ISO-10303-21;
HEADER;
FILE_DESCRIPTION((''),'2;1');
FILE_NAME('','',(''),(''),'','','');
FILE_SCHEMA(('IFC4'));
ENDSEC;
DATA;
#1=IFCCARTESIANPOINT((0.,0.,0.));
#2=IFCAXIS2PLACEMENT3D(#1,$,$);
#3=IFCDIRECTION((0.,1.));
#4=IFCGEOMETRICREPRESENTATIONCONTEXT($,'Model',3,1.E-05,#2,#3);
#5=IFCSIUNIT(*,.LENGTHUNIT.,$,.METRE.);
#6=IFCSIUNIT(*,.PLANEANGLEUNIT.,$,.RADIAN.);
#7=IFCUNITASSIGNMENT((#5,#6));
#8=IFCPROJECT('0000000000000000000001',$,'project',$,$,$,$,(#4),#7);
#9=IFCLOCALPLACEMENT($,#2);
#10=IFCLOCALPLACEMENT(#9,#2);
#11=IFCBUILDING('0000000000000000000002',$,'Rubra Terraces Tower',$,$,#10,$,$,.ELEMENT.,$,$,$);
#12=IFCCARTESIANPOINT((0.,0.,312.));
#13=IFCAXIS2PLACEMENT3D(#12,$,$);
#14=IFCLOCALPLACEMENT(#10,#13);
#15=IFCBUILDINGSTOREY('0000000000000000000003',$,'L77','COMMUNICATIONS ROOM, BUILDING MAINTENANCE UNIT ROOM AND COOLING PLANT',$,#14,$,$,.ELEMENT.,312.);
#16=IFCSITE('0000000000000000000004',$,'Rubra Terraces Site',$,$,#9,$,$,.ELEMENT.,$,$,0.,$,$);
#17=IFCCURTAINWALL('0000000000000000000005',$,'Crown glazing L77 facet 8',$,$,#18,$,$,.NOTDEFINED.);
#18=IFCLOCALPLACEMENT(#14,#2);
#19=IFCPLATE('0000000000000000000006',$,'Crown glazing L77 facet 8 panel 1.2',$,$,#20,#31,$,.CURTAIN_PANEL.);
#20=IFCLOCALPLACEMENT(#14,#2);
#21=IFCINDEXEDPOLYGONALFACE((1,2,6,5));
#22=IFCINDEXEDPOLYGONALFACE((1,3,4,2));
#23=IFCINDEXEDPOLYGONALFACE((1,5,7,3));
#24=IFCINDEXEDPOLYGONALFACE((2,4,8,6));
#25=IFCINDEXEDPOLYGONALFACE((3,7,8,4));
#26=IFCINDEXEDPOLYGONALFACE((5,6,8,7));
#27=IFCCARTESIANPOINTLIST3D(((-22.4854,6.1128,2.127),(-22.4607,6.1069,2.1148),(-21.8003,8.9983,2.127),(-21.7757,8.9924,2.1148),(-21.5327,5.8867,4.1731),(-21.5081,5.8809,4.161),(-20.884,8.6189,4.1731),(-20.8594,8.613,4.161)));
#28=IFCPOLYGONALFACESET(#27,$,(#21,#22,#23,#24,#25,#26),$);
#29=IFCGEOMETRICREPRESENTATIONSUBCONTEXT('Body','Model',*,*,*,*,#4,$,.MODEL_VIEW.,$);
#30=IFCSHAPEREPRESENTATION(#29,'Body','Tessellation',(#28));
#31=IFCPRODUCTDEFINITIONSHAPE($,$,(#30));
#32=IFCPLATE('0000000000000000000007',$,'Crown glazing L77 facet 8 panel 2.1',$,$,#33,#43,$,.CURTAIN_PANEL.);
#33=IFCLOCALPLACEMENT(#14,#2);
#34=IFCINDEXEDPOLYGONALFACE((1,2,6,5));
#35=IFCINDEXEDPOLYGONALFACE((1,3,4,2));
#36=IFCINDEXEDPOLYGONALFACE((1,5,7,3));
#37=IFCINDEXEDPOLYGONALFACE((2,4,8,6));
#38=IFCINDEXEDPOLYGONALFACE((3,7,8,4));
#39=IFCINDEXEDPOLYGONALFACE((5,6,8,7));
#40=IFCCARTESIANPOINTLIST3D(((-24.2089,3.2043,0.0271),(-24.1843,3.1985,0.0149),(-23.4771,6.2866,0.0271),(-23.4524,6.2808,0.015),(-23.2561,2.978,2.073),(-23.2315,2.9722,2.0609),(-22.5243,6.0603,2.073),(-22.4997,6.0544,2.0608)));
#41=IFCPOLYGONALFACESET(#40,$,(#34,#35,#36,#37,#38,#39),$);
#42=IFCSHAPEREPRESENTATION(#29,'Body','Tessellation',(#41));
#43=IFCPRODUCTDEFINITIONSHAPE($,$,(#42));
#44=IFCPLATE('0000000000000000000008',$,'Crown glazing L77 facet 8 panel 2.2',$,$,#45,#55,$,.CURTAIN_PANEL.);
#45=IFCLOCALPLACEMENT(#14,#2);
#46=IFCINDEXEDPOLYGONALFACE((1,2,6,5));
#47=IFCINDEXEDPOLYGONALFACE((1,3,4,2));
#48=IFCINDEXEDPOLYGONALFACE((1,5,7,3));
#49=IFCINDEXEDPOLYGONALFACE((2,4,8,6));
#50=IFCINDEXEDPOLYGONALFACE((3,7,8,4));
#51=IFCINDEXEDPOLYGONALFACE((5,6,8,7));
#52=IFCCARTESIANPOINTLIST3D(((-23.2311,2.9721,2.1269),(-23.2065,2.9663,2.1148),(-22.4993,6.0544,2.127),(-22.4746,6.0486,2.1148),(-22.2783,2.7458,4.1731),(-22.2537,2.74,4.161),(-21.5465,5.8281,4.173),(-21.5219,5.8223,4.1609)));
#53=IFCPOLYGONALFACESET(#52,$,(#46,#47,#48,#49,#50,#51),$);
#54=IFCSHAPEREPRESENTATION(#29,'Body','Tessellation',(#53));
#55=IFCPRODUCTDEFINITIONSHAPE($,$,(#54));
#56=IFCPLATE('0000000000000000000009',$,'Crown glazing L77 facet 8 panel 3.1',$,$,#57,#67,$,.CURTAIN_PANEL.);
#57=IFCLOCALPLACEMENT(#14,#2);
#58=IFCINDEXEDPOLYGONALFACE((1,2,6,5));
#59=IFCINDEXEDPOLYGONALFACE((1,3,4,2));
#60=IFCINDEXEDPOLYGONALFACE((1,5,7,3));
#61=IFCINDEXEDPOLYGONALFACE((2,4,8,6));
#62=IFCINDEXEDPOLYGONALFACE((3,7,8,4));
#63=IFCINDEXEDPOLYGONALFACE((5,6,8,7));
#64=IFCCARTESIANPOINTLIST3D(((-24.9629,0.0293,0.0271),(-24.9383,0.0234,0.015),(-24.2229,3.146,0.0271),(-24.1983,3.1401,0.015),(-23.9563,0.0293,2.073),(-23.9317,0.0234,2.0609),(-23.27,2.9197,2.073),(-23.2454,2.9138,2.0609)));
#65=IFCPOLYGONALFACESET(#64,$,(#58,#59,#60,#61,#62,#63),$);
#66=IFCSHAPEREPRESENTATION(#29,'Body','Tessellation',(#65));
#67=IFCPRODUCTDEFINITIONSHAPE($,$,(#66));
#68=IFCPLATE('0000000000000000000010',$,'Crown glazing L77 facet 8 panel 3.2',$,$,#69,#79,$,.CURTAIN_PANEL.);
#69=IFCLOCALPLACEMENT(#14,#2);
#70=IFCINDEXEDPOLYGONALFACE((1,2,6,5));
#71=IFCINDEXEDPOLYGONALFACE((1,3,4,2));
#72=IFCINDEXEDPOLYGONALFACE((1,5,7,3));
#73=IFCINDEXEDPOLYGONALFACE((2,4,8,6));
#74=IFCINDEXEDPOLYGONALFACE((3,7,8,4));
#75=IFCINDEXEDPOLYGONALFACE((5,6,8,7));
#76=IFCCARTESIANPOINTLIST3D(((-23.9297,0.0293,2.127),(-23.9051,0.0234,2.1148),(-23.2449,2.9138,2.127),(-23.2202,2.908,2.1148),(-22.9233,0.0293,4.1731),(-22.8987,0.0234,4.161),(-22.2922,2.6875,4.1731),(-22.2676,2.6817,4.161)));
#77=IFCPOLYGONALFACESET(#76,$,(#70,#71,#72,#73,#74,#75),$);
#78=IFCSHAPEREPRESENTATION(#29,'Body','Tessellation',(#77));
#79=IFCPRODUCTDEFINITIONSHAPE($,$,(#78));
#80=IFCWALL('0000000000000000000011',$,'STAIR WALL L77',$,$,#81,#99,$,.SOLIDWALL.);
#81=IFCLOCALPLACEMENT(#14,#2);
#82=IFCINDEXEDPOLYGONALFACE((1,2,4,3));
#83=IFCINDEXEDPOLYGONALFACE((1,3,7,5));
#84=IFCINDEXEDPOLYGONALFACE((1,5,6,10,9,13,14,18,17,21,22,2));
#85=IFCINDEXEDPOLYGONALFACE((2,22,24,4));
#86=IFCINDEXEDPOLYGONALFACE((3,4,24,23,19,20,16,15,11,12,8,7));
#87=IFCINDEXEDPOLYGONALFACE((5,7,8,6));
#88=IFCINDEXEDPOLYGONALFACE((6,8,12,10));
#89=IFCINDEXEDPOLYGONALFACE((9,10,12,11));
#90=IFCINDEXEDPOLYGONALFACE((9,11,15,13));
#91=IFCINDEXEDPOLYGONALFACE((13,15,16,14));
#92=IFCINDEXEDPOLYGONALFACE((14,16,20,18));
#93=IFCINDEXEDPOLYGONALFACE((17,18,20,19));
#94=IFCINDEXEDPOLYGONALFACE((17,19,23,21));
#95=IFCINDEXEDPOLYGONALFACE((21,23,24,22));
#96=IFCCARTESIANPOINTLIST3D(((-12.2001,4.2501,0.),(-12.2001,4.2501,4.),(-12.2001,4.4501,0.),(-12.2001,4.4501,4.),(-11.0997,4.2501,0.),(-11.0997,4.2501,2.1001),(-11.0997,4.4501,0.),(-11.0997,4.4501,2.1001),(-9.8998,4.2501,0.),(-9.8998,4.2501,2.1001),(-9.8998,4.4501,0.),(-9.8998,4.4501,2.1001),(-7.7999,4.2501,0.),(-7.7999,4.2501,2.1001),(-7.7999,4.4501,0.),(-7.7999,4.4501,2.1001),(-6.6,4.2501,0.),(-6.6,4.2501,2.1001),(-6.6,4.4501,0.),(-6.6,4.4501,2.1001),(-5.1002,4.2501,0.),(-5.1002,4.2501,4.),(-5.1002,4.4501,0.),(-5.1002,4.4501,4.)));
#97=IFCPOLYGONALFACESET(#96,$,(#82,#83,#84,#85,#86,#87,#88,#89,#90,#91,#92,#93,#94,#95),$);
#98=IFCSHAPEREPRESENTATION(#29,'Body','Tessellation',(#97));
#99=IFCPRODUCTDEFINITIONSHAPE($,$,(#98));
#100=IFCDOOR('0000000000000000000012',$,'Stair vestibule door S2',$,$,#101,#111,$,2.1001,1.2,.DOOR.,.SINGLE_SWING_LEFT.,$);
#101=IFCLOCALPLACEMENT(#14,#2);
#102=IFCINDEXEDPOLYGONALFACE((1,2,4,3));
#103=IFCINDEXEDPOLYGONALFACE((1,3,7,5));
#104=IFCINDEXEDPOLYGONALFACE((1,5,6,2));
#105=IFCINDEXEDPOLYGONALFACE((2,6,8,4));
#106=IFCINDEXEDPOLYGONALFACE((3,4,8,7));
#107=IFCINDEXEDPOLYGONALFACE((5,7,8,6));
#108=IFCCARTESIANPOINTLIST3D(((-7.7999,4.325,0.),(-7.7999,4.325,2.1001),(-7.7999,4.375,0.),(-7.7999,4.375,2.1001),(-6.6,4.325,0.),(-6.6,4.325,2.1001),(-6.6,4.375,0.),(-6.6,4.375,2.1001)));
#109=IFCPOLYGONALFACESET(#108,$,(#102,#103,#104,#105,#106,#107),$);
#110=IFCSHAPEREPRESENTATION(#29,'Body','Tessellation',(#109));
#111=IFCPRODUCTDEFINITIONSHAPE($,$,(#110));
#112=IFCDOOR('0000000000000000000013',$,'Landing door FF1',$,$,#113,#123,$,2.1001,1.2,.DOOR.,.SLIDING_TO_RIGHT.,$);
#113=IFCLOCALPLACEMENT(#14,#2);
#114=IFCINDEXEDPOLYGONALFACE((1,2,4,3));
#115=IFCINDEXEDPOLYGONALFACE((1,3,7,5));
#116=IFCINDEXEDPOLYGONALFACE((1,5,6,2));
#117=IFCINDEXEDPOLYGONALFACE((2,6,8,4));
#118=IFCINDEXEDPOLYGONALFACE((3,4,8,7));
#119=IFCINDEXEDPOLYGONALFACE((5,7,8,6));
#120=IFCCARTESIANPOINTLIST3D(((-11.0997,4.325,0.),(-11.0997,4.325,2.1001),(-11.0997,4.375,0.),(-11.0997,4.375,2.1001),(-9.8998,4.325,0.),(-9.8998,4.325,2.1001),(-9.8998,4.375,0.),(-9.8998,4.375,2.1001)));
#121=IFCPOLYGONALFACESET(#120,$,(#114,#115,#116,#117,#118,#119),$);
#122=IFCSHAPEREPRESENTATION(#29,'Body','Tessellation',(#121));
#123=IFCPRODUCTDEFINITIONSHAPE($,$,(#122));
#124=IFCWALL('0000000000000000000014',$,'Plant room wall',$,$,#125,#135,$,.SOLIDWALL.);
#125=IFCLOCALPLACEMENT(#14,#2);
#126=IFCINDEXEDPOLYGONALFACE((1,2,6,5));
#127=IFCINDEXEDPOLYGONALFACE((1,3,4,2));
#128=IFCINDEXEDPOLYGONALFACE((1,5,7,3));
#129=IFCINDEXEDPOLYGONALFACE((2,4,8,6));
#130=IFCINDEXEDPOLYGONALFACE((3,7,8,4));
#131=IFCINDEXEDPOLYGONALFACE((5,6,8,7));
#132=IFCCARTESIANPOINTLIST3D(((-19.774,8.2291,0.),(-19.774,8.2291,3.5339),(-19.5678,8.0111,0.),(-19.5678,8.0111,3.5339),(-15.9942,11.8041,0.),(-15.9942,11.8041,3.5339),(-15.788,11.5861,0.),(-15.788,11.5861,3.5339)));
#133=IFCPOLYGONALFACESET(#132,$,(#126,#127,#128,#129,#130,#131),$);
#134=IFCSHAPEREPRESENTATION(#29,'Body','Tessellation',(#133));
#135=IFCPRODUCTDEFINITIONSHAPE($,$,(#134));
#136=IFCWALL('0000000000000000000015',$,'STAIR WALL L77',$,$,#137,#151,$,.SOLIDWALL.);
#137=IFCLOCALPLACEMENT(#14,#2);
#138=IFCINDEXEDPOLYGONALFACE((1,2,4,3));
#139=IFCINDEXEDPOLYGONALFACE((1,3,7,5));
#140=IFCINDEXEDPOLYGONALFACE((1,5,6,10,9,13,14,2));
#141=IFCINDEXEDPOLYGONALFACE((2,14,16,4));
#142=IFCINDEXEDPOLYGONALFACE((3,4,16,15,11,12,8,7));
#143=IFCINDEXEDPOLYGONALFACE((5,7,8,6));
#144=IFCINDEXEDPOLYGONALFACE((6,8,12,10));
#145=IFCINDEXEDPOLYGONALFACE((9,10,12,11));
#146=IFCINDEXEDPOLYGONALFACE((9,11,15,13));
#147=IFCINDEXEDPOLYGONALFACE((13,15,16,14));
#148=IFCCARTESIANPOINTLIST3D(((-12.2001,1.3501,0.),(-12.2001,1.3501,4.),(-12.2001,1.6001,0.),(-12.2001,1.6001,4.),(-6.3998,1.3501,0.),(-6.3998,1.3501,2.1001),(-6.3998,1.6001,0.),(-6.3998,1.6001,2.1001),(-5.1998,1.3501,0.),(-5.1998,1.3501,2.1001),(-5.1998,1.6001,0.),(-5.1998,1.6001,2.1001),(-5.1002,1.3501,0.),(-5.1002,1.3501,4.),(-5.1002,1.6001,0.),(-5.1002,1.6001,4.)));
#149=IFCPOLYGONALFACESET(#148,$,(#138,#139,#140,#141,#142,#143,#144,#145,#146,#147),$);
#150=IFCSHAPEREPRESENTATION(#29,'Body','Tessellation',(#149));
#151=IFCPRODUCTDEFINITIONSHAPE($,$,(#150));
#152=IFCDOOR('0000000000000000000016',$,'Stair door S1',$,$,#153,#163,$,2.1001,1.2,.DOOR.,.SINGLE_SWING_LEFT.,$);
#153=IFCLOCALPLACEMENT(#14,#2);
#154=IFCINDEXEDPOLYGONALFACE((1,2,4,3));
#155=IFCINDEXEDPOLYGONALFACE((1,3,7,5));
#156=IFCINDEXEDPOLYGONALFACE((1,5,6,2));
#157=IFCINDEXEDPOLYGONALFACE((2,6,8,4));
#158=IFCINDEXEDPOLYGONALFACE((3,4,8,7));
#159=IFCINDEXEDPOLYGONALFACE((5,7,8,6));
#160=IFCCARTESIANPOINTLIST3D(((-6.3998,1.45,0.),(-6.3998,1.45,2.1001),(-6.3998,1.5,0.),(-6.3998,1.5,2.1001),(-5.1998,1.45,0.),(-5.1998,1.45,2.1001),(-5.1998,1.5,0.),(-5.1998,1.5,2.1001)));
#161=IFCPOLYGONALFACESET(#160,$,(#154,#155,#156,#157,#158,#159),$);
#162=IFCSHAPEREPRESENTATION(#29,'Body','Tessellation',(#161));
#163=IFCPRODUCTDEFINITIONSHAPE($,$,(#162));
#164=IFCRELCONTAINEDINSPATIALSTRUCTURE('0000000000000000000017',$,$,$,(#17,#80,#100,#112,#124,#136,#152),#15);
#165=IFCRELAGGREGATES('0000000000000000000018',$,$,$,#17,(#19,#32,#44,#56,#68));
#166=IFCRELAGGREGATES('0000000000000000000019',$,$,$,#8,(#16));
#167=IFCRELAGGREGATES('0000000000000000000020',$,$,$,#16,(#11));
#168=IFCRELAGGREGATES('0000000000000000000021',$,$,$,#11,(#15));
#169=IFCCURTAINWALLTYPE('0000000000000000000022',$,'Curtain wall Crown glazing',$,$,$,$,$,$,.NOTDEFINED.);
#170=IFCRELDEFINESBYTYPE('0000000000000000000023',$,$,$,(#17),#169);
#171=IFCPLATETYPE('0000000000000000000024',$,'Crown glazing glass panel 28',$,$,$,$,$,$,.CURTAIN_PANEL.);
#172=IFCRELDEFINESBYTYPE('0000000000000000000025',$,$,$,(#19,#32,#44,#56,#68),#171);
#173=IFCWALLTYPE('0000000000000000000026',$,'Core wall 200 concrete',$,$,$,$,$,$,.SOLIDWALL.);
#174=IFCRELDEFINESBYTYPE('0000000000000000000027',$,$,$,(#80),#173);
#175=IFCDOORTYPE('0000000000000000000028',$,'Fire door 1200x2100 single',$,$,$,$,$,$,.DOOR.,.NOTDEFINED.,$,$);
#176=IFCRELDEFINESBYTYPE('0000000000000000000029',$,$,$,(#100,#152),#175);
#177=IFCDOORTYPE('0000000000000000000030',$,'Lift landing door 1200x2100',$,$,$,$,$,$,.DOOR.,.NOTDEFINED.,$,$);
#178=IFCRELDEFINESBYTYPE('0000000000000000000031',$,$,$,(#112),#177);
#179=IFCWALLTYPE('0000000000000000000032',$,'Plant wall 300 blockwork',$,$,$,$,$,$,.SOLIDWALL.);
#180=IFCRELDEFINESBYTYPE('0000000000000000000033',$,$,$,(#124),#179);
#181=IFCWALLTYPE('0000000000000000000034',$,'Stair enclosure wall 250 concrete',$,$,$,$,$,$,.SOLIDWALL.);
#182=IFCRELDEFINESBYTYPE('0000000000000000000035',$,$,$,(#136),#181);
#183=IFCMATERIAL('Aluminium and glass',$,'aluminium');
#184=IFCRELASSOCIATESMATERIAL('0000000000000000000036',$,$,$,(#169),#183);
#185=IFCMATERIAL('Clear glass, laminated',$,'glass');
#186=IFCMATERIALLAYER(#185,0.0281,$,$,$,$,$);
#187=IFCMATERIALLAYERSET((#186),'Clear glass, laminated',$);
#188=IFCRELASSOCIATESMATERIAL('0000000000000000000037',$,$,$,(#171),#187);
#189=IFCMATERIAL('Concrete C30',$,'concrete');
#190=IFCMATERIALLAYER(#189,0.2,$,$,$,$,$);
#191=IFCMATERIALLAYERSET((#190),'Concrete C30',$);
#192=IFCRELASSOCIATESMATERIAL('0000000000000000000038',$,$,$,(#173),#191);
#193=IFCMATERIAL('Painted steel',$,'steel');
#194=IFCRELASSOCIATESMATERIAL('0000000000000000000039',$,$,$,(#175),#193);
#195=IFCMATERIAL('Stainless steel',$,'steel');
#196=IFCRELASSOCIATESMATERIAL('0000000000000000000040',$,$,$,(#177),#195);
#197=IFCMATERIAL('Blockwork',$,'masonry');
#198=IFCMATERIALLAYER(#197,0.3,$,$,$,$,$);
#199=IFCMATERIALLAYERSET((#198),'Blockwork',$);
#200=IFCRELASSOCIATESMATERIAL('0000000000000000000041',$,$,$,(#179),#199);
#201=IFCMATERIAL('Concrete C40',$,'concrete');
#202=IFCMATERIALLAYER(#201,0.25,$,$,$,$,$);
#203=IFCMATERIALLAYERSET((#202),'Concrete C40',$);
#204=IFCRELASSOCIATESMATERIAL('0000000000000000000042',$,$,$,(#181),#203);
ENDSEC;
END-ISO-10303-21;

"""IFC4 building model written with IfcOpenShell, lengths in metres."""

from ifc_helpers import new_model, si_unit, direction, frame, frame_2d, origin, place, context, subcontext, project, spatial, polyline, rectangle, outline, extrude, material, layer, layer_set, type_object, element, fill, aggregate, save


model = new_model("IFC4")

# Units and contexts
model_context = context("Model", 3, precision=1e-05, world=origin(), true_north=direction((0.0, 1.0)))
body_context = subcontext(model_context, "Body", "Model", "MODEL_VIEW")
ifc_project = project(units=[si_unit("LENGTHUNIT", "METRE"), si_unit("PLANEANGLEUNIT", "RADIAN")], contexts=[model_context])

# Site, building, storey
site_placement = place(None, origin())
site = spatial("IfcSite", under=ifc_project, at=site_placement, Name="Rubra Terraces Site", CompositionType="ELEMENT", RefElevation=0.0)
building_placement = place(site_placement, origin())
building = spatial("IfcBuilding", under=site, at=building_placement, Name="Rubra Terraces Tower", CompositionType="ELEMENT")
storey_placement = place(building_placement, frame((0.0, 0.0, 312.0)))
storey = spatial("IfcBuildingStorey", under=building, at=storey_placement, Name="L77", Description="COMMUNICATIONS ROOM, BUILDING MAINTENANCE UNIT ROOM AND COOLING PLANT", CompositionType="ELEMENT", Elevation=312.0)

# Curtain wall
ifc_material_1 = material(Name="Aluminium and glass", Category="aluminium")
curtain_wall_type = type_object("IfcCurtainWallType", Name="Curtain wall Crown glazing", PredefinedType="NOTDEFINED", material=ifc_material_1)
curtain_wall_1_placement = place(storey_placement, origin())
curtain_wall_1 = element("IfcCurtainWall", 1, at=curtain_wall_1_placement, inside=storey, type_object=curtain_wall_type, Name="Crown glazing L77 facet 8", PredefinedType="NOTDEFINED")

# Shared definitions
ifc_material_2 = material(Name="Clear glass, laminated", Category="glass")
ifc_layer_1 = layer(ifc_material_2, 0.0281)
ifc_layer_set_1 = layer_set([ifc_layer_1], Name="Clear glass, laminated")
plate_type = type_object("IfcPlateType", Name="Crown glazing glass panel 28", PredefinedType="CURTAIN_PANEL", material=ifc_layer_set_1)

# Plates
plate_1_placement = place(storey_placement, frame((-21.8003, 8.9983, 2.127), z_axis=(-0.877649, 0.20837, 0.431641), x_axis=(-0.230997, -0.972955, 0.000002)))
plate_1 = element("IfcPlate", 2, at=plate_1_placement, type_object=plate_type, Name="Crown glazing L77 facet 8 panel 1.2", PredefinedType="CURTAIN_PANEL", context=body_context, shape_type="SweptSolid", body=[
    extrude(outline(polyline([(0.0, 0.0), (2.9657, 0.0), (2.9656, 2.2683), (0.1575, 2.2683), (0.0, 0.0)])), origin(), (0.0, 0.0, -1.0), 0.0281),
])
plate_2_placement = place(storey_placement, frame((-23.4771, 6.2866, 0.0271), z_axis=(-0.877601, 0.208365, 0.431741), x_axis=(-0.231011, -0.972951, -0.000015)))
plate_2 = element("IfcPlate", 3, at=plate_2_placement, type_object=plate_type, Name="Crown glazing L77 facet 8 panel 2.1", PredefinedType="CURTAIN_PANEL", context=body_context, shape_type="SweptSolid", body=[
    extrude(outline(polyline([(0.0, 0.0), (3.168, 0.0), (3.168, 2.2682), (0.0001, 2.2681), (0.0, 0.0)])), origin(), (0.0, 0.0, -1.0), 0.0281),
])
plate_3_placement = place(storey_placement, frame((-22.4993, 6.0544, 2.127), z_axis=(-0.87762, 0.20837, 0.431699), x_axis=(-0.231011, -0.972951, -0.000015)))
plate_3 = element("IfcPlate", 4, at=plate_3_placement, type_object=plate_type, Name="Crown glazing L77 facet 8 panel 2.2", PredefinedType="CURTAIN_PANEL", context=body_context, shape_type="SweptSolid", body=[
    extrude(outline(polyline([(0.0, 0.0), (3.168, 0.0), (3.168, 2.2685), (0.0001, 2.2684), (0.0, 0.0)])), origin(), (0.0, 0.0, -1.0), 0.0281),
])
plate_4_placement = place(storey_placement, frame((-24.2229, 3.146, 0.0271), z_axis=(-0.877582, 0.208366, 0.43178), x_axis=(-0.231009, -0.972952, 0.000001)))
plate_4 = element("IfcPlate", 5, at=plate_4_placement, type_object=plate_type, Name="Crown glazing L77 facet 8 panel 3.1", PredefinedType="CURTAIN_PANEL", context=body_context, shape_type="SweptSolid", body=[
    extrude(outline(polyline([(0.0, 0.0), (3.2033, 0.0), (2.9708, 2.2682), (0.0001, 2.2682), (0.0, 0.0)])), origin(), (0.0, 0.0, -1.0), 0.0281),
])
plate_5_placement = place(storey_placement, frame((-23.2449, 2.9138, 2.127), z_axis=(-0.877644, 0.208365, 0.431653), x_axis=(-0.230992, -0.972956, 0.000001)))
plate_5 = element("IfcPlate", 6, at=plate_5_placement, type_object=plate_type, Name="Crown glazing L77 facet 8 panel 3.2", PredefinedType="CURTAIN_PANEL", context=body_context, shape_type="SweptSolid", body=[
    extrude(outline(polyline([(0.0, 0.0), (2.9647, 0.0), (2.7322, 2.2683), (0.0001, 2.2684), (0.0, 0.0)])), origin(), (0.0, 0.0, -1.0), 0.0281),
])
aggregate(curtain_wall_1, [plate_1, plate_2, plate_3, plate_4, plate_5])

# Wall, openings, doors
ifc_material_3 = material(Name="Concrete C30", Category="concrete")
ifc_layer_2 = layer(ifc_material_3, 0.2)
ifc_layer_set_2 = layer_set([ifc_layer_2], Name="Concrete C30")
wall_type_1 = type_object("IfcWallType", Name="Core wall 200 concrete", PredefinedType="SOLIDWALL", material=ifc_layer_set_2)
wall_1_placement = place(storey_placement, frame((-12.2, 4.3501, 0.0), z_axis=(0.0, 0.0, 1.0), x_axis=(1.0, 0.0, 0.0)))
wall_1 = element("IfcWall", 7, at=wall_1_placement, inside=storey, type_object=wall_type_1, Name="STAIR WALL L77", PredefinedType="SOLIDWALL", context=body_context, shape_type="SweptSolid", body=[
    extrude(rectangle(XDim=7.0999, YDim=0.2, at=frame_2d((3.5498, 0.0))), origin(), (0.0, 0.0, 1.0), 4.0),
])
opening_1_placement = place(wall_1_placement, frame((4.3999, 0.0, 0.0)))
opening_1 = element("IfcOpeningElement", 8, at=opening_1_placement, cuts=wall_1, PredefinedType="OPENING", context=body_context, shape_type="SweptSolid", body=[
    extrude(rectangle(XDim=1.2, YDim=2.1001, at=frame_2d((0.6001, 1.05))), frame((0.0, 0.1099, 0.0), z_axis=(0.0, -1.0, 0.0), x_axis=(1.0, 0.0, 0.0)), (0.0, 0.0, 1.0), 0.22),
])
opening_2_placement = place(wall_1_placement, frame((1.1001, 0.0, 0.0)))
opening_2 = element("IfcOpeningElement", 9, at=opening_2_placement, cuts=wall_1, PredefinedType="OPENING", context=body_context, shape_type="SweptSolid", body=[
    extrude(rectangle(XDim=1.2, YDim=2.1001, at=frame_2d((0.6001, 1.05))), frame((0.0, 0.1099, 0.0), z_axis=(0.0, -1.0, 0.0), x_axis=(1.0, 0.0, 0.0)), (0.0, 0.0, 1.0), 0.22),
])
ifc_material_4 = material(Name="Painted steel", Category="steel")
door_type_1 = type_object("IfcDoorType", Name="Fire door 1200x2100 single", OperationType="NOTDEFINED", PredefinedType="DOOR", material=ifc_material_4)
door_1_placement = place(opening_1_placement, origin())
door_1 = element("IfcDoor", 10, at=door_1_placement, inside=storey, type_object=door_type_1, Name="Stair vestibule door S2", OperationType="SINGLE_SWING_LEFT", OverallHeight=2.1001, OverallWidth=1.2, PredefinedType="DOOR", context=body_context, shape_type="SweptSolid", body=[
    extrude(rectangle(XDim=1.2, YDim=2.1001, at=frame_2d((0.6001, 1.05))), frame((0.0, 0.0249, 0.0), z_axis=(0.0, -1.0, 0.0), x_axis=(1.0, 0.0, 0.0)), (0.0, 0.0, 1.0), 0.05),
])
fill(opening_1, door_1)
ifc_material_5 = material(Name="Stainless steel", Category="steel")
door_type_2 = type_object("IfcDoorType", Name="Lift landing door 1200x2100", OperationType="NOTDEFINED", PredefinedType="DOOR", material=ifc_material_5)
door_2_placement = place(opening_2_placement, origin())
door_2 = element("IfcDoor", 11, at=door_2_placement, inside=storey, type_object=door_type_2, Name="Landing door FF1", OperationType="SLIDING_TO_RIGHT", OverallHeight=2.1001, OverallWidth=1.2, PredefinedType="DOOR", context=body_context, shape_type="SweptSolid", body=[
    extrude(rectangle(XDim=1.2, YDim=2.1001, at=frame_2d((0.6001, 1.05))), frame((0.0, 0.0249, 0.0), z_axis=(0.0, -1.0, 0.0), x_axis=(1.0, 0.0, 0.0)), (0.0, 0.0, 1.0), 0.05),
])
fill(opening_2, door_2)

# Wall
ifc_material_6 = material(Name="Blockwork", Category="masonry")
ifc_layer_3 = layer(ifc_material_6, 0.3)
ifc_layer_set_3 = layer_set([ifc_layer_3], Name="Blockwork")
wall_type_2 = type_object("IfcWallType", Name="Plant wall 300 blockwork", PredefinedType="SOLIDWALL", material=ifc_layer_set_3)
wall_2_placement = place(storey_placement, frame((-19.6709, 8.1201, 0.0), z_axis=(0.0, 0.0, 1.0), x_axis=(0.726518, 0.687147, 0.0)))
element("IfcWall", 12, at=wall_2_placement, inside=storey, type_object=wall_type_2, Name="Plant room wall", PredefinedType="SOLIDWALL", context=body_context, shape_type="SweptSolid", body=[
    extrude(rectangle(XDim=5.2026, YDim=0.3, at=frame_2d((2.6013, 0.0))), origin(), (0.0, 0.0, 1.0), 3.5339),
])

# Wall, opening, door
ifc_material_7 = material(Name="Concrete C40", Category="concrete")
ifc_layer_4 = layer(ifc_material_7, 0.25)
ifc_layer_set_4 = layer_set([ifc_layer_4], Name="Concrete C40")
wall_type_3 = type_object("IfcWallType", Name="Stair enclosure wall 250 concrete", PredefinedType="SOLIDWALL", material=ifc_layer_set_4)
wall_3_placement = place(storey_placement, frame((-12.2, 1.4751, 0.0), z_axis=(0.0, 0.0, 1.0), x_axis=(1.0, 0.0, 0.0)))
wall_3 = element("IfcWall", 13, at=wall_3_placement, inside=storey, type_object=wall_type_3, Name="STAIR WALL L77", PredefinedType="SOLIDWALL", context=body_context, shape_type="SweptSolid", body=[
    extrude(rectangle(XDim=7.0999, YDim=0.25, at=frame_2d((3.5498, 0.0))), origin(), (0.0, 0.0, 1.0), 4.0),
])
opening_3_placement = place(wall_3_placement, frame((5.8, 0.0, 0.0)))
opening_3 = element("IfcOpeningElement", 14, at=opening_3_placement, cuts=wall_3, PredefinedType="OPENING", context=body_context, shape_type="SweptSolid", body=[
    extrude(rectangle(XDim=1.2, YDim=2.1001, at=frame_2d((0.6001, 1.05))), frame((0.0, 0.135, 0.0), z_axis=(0.0, -1.0, 0.0), x_axis=(1.0, 0.0, 0.0)), (0.0, 0.0, 1.0), 0.27),
])
door_3_placement = place(opening_3_placement, origin())
door_3 = element("IfcDoor", 15, at=door_3_placement, inside=storey, type_object=door_type_1, Name="Stair door S1", OperationType="SINGLE_SWING_LEFT", OverallHeight=2.1001, OverallWidth=1.2, PredefinedType="DOOR", context=body_context, shape_type="SweptSolid", body=[
    extrude(rectangle(XDim=1.2, YDim=2.1001, at=frame_2d((0.6001, 1.05))), frame((0.0, 0.0249, 0.0), z_axis=(0.0, -1.0, 0.0), x_axis=(1.0, 0.0, 0.0)), (0.0, 0.0, 1.0), 0.05),
])
fill(opening_3, door_3)

save(model, "model.ifc")
